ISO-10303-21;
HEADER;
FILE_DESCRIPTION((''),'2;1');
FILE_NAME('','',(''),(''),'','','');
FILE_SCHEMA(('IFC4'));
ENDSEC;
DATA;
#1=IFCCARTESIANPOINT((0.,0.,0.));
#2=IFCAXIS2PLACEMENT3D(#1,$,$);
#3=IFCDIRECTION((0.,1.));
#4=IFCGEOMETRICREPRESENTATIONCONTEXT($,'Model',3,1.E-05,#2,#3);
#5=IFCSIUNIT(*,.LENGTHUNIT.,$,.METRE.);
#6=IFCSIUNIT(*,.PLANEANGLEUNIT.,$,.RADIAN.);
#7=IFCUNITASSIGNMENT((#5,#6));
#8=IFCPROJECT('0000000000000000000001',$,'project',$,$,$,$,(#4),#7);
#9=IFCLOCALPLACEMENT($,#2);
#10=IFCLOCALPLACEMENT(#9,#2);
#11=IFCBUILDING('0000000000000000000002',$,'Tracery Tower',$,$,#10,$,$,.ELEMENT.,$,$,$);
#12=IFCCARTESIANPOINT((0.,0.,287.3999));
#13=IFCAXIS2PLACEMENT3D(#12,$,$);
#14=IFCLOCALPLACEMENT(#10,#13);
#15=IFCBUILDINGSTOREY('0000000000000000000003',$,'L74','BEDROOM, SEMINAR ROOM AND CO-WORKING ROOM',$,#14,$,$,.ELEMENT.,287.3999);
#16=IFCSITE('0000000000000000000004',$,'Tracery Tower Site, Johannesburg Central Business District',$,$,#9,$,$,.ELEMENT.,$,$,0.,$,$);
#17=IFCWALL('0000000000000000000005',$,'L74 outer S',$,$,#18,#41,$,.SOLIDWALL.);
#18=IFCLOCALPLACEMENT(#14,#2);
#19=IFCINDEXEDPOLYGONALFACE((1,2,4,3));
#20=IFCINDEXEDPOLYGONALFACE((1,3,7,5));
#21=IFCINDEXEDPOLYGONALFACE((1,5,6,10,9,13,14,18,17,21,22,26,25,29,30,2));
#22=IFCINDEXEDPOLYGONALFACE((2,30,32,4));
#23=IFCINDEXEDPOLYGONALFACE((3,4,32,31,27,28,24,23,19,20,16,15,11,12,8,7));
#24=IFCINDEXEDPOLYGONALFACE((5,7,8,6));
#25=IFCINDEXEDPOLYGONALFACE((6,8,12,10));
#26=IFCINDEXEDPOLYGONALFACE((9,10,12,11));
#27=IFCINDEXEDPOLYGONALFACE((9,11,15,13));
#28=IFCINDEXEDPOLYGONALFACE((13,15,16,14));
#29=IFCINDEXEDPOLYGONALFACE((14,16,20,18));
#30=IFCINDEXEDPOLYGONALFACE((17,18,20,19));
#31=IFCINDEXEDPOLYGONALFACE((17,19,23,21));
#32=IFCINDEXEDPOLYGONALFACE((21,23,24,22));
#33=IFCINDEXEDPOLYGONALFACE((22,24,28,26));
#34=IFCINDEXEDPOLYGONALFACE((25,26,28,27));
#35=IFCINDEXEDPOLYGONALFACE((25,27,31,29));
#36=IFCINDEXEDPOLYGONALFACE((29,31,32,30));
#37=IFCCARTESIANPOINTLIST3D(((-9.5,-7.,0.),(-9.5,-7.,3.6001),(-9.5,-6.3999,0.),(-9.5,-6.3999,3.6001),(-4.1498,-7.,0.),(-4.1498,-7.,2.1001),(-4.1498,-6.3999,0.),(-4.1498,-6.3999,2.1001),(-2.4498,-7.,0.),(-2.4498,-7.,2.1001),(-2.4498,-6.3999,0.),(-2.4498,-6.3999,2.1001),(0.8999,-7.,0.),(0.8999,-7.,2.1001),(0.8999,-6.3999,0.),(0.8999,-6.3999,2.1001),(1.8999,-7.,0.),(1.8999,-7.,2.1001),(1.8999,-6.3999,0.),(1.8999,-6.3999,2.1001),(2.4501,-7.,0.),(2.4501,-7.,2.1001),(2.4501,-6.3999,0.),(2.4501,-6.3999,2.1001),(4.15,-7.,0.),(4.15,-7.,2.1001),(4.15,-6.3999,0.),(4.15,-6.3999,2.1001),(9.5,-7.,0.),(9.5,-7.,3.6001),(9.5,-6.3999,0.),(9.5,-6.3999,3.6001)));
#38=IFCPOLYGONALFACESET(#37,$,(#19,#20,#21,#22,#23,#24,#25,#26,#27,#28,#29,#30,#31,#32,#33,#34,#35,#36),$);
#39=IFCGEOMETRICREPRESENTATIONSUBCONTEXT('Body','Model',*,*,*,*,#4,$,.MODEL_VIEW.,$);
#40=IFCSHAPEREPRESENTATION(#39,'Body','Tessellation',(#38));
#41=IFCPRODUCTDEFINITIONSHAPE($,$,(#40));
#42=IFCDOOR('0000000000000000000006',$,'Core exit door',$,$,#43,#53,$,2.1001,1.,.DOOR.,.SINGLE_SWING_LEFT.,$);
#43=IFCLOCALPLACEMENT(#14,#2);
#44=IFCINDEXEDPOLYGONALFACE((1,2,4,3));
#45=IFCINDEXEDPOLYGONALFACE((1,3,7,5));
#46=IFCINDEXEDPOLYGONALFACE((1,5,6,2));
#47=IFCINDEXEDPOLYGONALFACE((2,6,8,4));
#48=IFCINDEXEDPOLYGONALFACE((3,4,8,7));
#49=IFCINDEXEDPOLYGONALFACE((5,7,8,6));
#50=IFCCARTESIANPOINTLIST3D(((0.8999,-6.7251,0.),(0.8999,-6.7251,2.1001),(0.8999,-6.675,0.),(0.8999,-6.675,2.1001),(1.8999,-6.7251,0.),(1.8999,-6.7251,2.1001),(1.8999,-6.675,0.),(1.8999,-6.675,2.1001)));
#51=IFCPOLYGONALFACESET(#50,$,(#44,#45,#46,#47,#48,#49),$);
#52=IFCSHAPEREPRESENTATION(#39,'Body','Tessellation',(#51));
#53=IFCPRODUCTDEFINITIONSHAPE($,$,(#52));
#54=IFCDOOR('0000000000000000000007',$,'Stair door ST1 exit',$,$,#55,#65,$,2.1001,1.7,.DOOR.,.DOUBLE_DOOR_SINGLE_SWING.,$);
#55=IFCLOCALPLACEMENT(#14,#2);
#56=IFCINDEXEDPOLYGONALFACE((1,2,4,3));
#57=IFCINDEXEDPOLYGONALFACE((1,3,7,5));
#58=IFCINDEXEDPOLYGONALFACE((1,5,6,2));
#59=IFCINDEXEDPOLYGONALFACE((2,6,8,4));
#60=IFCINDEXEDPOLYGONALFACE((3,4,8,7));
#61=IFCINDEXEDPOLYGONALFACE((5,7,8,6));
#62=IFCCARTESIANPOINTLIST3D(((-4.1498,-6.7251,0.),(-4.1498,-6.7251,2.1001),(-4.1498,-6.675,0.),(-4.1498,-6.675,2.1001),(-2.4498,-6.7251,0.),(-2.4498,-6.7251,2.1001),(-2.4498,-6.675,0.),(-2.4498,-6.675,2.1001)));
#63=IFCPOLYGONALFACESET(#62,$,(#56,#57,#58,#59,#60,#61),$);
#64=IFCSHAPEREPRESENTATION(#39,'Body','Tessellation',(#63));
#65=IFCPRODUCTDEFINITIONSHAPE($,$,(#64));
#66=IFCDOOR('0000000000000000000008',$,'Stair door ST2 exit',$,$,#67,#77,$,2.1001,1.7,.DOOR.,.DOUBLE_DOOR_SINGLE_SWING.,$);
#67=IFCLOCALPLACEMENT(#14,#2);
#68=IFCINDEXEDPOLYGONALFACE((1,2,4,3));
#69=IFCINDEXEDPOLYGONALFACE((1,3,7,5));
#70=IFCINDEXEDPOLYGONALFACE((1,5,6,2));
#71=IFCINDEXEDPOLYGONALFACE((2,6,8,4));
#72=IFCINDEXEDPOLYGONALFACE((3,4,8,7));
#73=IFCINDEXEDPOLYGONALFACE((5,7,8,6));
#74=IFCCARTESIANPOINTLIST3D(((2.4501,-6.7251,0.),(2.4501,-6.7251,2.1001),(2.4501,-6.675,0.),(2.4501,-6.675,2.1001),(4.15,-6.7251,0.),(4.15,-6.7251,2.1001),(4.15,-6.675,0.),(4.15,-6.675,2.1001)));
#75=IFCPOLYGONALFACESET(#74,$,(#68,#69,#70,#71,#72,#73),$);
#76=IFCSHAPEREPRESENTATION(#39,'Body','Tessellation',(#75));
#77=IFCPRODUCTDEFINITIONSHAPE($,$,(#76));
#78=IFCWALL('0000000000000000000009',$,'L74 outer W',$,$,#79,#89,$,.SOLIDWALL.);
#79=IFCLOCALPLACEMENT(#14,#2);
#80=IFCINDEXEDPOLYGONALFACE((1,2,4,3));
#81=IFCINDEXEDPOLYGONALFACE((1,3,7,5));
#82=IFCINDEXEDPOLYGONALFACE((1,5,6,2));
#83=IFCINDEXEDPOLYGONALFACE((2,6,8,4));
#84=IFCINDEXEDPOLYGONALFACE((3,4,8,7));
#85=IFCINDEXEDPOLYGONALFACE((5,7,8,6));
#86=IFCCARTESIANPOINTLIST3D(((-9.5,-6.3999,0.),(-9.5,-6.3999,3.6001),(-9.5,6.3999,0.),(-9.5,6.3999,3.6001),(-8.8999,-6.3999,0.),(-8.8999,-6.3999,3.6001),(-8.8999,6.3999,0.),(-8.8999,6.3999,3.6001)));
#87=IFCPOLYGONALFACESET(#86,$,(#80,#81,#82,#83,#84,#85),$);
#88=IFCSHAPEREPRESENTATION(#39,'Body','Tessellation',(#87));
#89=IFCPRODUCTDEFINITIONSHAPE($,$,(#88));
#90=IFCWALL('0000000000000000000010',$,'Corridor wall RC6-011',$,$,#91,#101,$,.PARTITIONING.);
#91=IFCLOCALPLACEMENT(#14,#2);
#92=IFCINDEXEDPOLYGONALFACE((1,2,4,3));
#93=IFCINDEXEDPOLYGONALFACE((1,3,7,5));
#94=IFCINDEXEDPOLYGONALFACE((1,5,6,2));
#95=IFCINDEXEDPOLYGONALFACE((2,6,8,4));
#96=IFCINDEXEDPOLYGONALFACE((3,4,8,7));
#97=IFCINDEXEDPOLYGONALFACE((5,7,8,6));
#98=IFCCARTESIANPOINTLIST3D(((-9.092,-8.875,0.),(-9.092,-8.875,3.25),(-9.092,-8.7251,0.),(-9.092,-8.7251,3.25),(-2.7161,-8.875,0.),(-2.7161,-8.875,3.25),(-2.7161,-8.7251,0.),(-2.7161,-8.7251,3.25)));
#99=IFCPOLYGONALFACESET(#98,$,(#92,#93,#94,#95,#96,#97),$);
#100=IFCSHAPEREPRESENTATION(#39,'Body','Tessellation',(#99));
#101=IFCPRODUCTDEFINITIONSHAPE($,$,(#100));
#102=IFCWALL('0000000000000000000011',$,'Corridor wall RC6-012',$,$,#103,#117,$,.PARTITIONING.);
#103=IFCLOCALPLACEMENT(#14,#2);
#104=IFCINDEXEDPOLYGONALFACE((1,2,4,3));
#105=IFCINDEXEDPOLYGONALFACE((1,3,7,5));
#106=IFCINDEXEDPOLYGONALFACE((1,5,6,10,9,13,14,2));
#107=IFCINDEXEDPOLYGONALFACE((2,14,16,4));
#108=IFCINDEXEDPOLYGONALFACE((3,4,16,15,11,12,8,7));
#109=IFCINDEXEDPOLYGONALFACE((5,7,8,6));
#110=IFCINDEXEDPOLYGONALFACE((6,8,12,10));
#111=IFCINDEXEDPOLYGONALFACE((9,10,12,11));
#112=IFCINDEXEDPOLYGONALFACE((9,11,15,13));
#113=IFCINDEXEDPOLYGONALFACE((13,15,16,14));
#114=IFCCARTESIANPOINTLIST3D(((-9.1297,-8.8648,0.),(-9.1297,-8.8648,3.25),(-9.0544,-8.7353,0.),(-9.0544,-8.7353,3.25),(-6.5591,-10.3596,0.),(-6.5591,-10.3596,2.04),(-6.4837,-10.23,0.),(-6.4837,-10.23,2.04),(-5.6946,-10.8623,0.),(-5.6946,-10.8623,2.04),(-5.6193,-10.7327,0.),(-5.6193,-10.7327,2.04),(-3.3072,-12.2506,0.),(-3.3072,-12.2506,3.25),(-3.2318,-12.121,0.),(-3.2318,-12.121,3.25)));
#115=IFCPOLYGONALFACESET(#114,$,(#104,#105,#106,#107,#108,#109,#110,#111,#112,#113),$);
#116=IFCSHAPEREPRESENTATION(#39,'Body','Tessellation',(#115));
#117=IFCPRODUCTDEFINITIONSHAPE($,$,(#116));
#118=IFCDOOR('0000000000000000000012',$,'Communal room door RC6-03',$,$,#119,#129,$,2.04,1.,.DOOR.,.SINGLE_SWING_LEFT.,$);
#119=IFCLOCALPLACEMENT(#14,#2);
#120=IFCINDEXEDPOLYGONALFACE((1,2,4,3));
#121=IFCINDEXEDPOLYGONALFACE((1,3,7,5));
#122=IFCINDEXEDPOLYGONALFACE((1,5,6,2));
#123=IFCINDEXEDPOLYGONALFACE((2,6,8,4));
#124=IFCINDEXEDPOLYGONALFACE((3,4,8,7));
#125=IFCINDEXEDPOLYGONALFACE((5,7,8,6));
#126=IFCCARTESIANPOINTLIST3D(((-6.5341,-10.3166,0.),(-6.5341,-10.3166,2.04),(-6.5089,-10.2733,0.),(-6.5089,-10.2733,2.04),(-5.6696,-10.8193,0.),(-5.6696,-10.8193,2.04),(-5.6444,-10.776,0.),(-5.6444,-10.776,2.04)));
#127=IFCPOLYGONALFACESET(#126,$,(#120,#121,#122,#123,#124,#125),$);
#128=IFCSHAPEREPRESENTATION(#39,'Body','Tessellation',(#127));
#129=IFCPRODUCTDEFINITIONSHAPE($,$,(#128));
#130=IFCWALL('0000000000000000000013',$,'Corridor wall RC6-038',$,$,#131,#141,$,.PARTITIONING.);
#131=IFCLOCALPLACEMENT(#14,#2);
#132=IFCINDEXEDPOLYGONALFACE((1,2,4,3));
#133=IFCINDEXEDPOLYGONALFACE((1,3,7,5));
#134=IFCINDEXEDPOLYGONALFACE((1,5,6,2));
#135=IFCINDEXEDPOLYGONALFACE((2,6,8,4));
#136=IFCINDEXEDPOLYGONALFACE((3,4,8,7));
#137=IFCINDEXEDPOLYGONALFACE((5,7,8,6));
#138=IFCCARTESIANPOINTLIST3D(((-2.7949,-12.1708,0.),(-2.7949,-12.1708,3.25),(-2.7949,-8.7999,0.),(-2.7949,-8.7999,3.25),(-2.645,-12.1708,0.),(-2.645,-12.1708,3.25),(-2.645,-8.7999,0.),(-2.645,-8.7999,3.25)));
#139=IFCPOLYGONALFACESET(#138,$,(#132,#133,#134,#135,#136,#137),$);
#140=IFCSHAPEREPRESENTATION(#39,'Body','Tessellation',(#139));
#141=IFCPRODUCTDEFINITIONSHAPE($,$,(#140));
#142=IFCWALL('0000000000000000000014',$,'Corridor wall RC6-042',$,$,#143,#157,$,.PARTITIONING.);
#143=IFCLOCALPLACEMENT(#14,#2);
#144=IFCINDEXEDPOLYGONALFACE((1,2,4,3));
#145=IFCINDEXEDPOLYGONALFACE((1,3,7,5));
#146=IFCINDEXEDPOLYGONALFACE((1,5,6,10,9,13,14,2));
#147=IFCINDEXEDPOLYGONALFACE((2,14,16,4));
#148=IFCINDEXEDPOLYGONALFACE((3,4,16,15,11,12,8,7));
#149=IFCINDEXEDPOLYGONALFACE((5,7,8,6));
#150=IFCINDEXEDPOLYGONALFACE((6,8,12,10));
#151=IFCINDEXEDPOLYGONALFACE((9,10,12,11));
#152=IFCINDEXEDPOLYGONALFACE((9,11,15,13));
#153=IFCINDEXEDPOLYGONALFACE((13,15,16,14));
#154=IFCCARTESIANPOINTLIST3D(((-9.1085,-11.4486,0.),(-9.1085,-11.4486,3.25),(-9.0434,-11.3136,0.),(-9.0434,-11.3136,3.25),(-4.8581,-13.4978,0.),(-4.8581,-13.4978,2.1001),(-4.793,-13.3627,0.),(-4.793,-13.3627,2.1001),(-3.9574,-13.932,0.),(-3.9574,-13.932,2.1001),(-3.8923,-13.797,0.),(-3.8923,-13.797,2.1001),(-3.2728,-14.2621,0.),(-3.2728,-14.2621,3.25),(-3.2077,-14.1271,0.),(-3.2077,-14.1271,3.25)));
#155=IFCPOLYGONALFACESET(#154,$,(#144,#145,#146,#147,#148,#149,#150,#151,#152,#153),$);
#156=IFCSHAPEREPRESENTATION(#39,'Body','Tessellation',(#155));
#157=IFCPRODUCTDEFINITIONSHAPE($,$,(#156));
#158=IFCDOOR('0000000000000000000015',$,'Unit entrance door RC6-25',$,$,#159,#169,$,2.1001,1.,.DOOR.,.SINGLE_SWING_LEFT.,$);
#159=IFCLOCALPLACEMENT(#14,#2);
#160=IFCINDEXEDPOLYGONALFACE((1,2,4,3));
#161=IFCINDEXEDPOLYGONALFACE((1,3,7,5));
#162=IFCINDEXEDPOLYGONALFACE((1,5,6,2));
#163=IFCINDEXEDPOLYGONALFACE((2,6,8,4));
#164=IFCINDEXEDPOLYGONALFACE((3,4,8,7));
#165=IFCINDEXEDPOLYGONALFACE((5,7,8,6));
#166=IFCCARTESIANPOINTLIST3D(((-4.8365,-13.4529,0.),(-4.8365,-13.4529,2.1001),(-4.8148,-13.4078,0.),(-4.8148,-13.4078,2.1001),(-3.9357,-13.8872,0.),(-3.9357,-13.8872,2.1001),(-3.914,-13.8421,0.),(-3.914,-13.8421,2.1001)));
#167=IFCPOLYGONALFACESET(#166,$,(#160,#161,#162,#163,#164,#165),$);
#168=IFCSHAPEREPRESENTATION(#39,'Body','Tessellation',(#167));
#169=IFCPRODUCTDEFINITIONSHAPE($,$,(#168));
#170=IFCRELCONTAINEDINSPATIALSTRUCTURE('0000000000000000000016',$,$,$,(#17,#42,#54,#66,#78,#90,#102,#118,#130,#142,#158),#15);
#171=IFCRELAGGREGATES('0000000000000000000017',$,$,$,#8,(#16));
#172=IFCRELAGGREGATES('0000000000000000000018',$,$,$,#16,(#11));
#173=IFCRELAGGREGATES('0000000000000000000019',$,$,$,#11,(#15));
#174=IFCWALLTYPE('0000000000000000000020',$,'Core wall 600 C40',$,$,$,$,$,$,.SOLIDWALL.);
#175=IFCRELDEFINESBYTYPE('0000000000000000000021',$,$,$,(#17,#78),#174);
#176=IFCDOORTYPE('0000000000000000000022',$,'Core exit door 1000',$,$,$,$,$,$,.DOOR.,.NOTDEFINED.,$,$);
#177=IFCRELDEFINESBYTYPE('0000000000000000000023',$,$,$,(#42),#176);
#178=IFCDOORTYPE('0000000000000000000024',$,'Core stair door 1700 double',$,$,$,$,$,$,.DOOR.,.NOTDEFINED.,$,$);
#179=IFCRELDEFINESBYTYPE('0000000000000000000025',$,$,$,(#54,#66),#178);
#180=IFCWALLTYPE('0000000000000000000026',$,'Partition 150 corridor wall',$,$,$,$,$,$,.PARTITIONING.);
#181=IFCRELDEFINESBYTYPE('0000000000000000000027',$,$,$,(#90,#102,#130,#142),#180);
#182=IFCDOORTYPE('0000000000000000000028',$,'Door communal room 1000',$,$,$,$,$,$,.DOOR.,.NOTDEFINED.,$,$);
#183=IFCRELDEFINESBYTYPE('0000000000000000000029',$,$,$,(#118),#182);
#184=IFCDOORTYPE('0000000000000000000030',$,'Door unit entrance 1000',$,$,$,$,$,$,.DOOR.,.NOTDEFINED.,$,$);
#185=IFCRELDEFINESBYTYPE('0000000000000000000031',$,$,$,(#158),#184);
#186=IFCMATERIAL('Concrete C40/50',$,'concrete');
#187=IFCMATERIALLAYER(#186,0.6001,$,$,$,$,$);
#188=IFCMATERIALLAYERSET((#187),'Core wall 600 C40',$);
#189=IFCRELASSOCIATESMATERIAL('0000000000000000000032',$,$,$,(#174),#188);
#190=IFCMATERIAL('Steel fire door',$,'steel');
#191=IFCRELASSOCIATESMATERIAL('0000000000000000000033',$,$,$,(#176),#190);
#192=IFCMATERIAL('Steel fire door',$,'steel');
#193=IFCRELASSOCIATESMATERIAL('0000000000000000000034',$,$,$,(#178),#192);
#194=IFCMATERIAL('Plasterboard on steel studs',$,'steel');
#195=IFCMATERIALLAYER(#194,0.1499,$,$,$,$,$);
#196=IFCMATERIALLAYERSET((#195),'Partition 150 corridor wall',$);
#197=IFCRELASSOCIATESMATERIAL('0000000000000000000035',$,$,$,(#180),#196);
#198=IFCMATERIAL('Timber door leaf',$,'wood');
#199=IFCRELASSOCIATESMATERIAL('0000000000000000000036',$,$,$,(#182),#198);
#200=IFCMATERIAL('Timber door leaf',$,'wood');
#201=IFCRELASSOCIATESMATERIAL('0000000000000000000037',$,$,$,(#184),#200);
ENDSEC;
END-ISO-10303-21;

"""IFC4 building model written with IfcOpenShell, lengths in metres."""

from ifc_helpers import new_model, si_unit, direction, frame, frame_2d, origin, place, context, subcontext, project, spatial, rectangle, extrude, material, layer, layer_set, type_object, element, fill, save


model = new_model("IFC4")

# Units and contexts
model_context = context("Model", 3, precision=1e-05, world=origin(), true_north=direction((0.0, 1.0)))
body_context = subcontext(model_context, "Body", "Model", "MODEL_VIEW")
ifc_project = project(units=[si_unit("LENGTHUNIT", "METRE"), si_unit("PLANEANGLEUNIT", "RADIAN")], contexts=[model_context])

# Site, building, storey
site_placement = place(None, origin())
site = spatial("IfcSite", under=ifc_project, at=site_placement, Name="Tracery Tower Site, Johannesburg Central Business District", CompositionType="ELEMENT", RefElevation=0.0)
building_placement = place(site_placement, origin())
building = spatial("IfcBuilding", under=site, at=building_placement, Name="Tracery Tower", CompositionType="ELEMENT")
storey_placement = place(building_placement, frame((0.0, 0.0, 287.3999)))
storey = spatial("IfcBuildingStorey", under=building, at=storey_placement, Name="L74", Description="BEDROOM, SEMINAR ROOM AND CO-WORKING ROOM", CompositionType="ELEMENT", Elevation=287.3999)

# Wall, openings, doors
ifc_material_1 = material(Name="Concrete C40/50", Category="concrete")
ifc_layer_1 = layer(ifc_material_1, 0.6001)
ifc_layer_set_1 = layer_set([ifc_layer_1], Name="Core wall 600 C40")
wall_type_1 = type_object("IfcWallType", Name="Core wall 600 C40", PredefinedType="SOLIDWALL", material=ifc_layer_set_1)
wall_1_placement = place(storey_placement, frame((-9.5, -6.7, 0.0), z_axis=(0.0, 0.0, 1.0), x_axis=(1.0, 0.0, 0.0)))
wall_1 = element("IfcWall", 1, at=wall_1_placement, inside=storey, type_object=wall_type_1, Name="L74 outer S", PredefinedType="SOLIDWALL", context=body_context, shape_type="SweptSolid", body=[
    extrude(rectangle(XDim=19.0, YDim=0.6001, at=frame_2d((9.5, 0.0))), origin(), (0.0, 0.0, 1.0), 3.6001),
])
opening_1_placement = place(wall_1_placement, frame((10.3999, 0.0, 0.0)))
opening_1 = element("IfcOpeningElement", 2, at=opening_1_placement, cuts=wall_1, PredefinedType="OPENING", context=body_context, shape_type="SweptSolid", body=[
    extrude(rectangle(XDim=1.0, YDim=2.1001, at=frame_2d((0.5, 1.05))), frame((0.0, 0.3, 0.0), z_axis=(0.0, -1.0, 0.0), x_axis=(1.0, 0.0, 0.0)), (0.0, 0.0, 1.0), 0.6001),
])
opening_2_placement = place(wall_1_placement, frame((5.3501, 0.0, 0.0)))
opening_2 = element("IfcOpeningElement", 3, at=opening_2_placement, cuts=wall_1, PredefinedType="OPENING", context=body_context, shape_type="SweptSolid", body=[
    extrude(rectangle(XDim=1.7, YDim=2.1001, at=frame_2d((0.8501, 1.05))), frame((0.0, 0.3, 0.0), z_axis=(0.0, -1.0, 0.0), x_axis=(1.0, 0.0, 0.0)), (0.0, 0.0, 1.0), 0.6001),
])
opening_3_placement = place(wall_1_placement, frame((11.95, 0.0, 0.0)))
opening_3 = element("IfcOpeningElement", 4, at=opening_3_placement, cuts=wall_1, PredefinedType="OPENING", context=body_context, shape_type="SweptSolid", body=[
    extrude(rectangle(XDim=1.7, YDim=2.1001, at=frame_2d((0.8501, 1.05))), frame((0.0, 0.3, 0.0), z_axis=(0.0, -1.0, 0.0), x_axis=(1.0, 0.0, 0.0)), (0.0, 0.0, 1.0), 0.6001),
])
ifc_material_2 = material(Name="Steel fire door", Category="steel")
door_type_1 = type_object("IfcDoorType", Name="Core exit door 1000", OperationType="NOTDEFINED", PredefinedType="DOOR", material=ifc_material_2)
door_1_placement = place(opening_1_placement, origin())
door_1 = element("IfcDoor", 5, at=door_1_placement, inside=storey, type_object=door_type_1, Name="Core exit door", OperationType="SINGLE_SWING_LEFT", OverallHeight=2.1001, OverallWidth=1.0, PredefinedType="DOOR", context=body_context, shape_type="SweptSolid", body=[
    extrude(rectangle(XDim=1.0, YDim=2.1001, at=frame_2d((0.5, 1.05))), frame((0.0, 0.0249, 0.0), z_axis=(0.0, -1.0, 0.0), x_axis=(1.0, 0.0, 0.0)), (0.0, 0.0, 1.0), 0.05),
])
fill(opening_1, door_1)
ifc_material_3 = material(Name="Steel fire door", Category="steel")
door_type_2 = type_object("IfcDoorType", Name="Core stair door 1700 double", OperationType="NOTDEFINED", PredefinedType="DOOR", material=ifc_material_3)
door_2_placement = place(opening_2_placement, origin())
door_2 = element("IfcDoor", 6, at=door_2_placement, inside=storey, type_object=door_type_2, Name="Stair door ST1 exit", OperationType="DOUBLE_DOOR_SINGLE_SWING", OverallHeight=2.1001, OverallWidth=1.7, PredefinedType="DOOR", context=body_context, shape_type="SweptSolid", body=[
    extrude(rectangle(XDim=1.7, YDim=2.1001, at=frame_2d((0.8501, 1.05))), frame((0.0, 0.0249, 0.0), z_axis=(0.0, -1.0, 0.0), x_axis=(1.0, 0.0, 0.0)), (0.0, 0.0, 1.0), 0.05),
])
fill(opening_2, door_2)
door_3_placement = place(opening_3_placement, origin())
door_3 = element("IfcDoor", 7, at=door_3_placement, inside=storey, type_object=door_type_2, Name="Stair door ST2 exit", OperationType="DOUBLE_DOOR_SINGLE_SWING", OverallHeight=2.1001, OverallWidth=1.7, PredefinedType="DOOR", context=body_context, shape_type="SweptSolid", body=[
    extrude(rectangle(XDim=1.7, YDim=2.1001, at=frame_2d((0.8501, 1.05))), frame((0.0, 0.0249, 0.0), z_axis=(0.0, -1.0, 0.0), x_axis=(1.0, 0.0, 0.0)), (0.0, 0.0, 1.0), 0.05),
])
fill(opening_3, door_3)

# Walls
wall_2_placement = place(storey_placement, frame((-9.2, -6.3999, 0.0), z_axis=(0.0, 0.0, 1.0), x_axis=(0.0, 1.0, 0.0)))
element("IfcWall", 8, at=wall_2_placement, inside=storey, type_object=wall_type_1, Name="L74 outer W", PredefinedType="SOLIDWALL", context=body_context, shape_type="SweptSolid", body=[
    extrude(rectangle(XDim=12.7998, YDim=0.6001, at=frame_2d((6.3999, 0.0))), origin(), (0.0, 0.0, 1.0), 3.6001),
])
ifc_material_4 = material(Name="Plasterboard on steel studs", Category="steel")
ifc_layer_2 = layer(ifc_material_4, 0.1499)
ifc_layer_set_2 = layer_set([ifc_layer_2], Name="Partition 150 corridor wall")
wall_type_2 = type_object("IfcWallType", Name="Partition 150 corridor wall", PredefinedType="PARTITIONING", material=ifc_layer_set_2)
wall_3_placement = place(storey_placement, frame((-9.092, -8.8, 0.0), z_axis=(0.0, 0.0, 1.0), x_axis=(1.0, 0.0, 0.0)))
element("IfcWall", 9, at=wall_3_placement, inside=storey, type_object=wall_type_2, Name="Corridor wall RC6-011", PredefinedType="PARTITIONING", context=body_context, shape_type="SweptSolid", body=[
    extrude(rectangle(XDim=6.376, YDim=0.1499, at=frame_2d((3.188, 0.0))), origin(), (0.0, 0.0, 1.0), 3.25),
])

# Wall, opening, door
wall_4_placement = place(storey_placement, frame((-9.092, -8.8, 0.0), z_axis=(0.0, 0.0, 1.0), x_axis=(0.864471, -0.502683, 0.0)))
wall_4 = element("IfcWall", 10, at=wall_4_placement, inside=storey, type_object=wall_type_2, Name="Corridor wall RC6-012", PredefinedType="PARTITIONING", context=body_context, shape_type="SweptSolid", body=[
    extrude(rectangle(XDim=6.7354, YDim=0.1499, at=frame_2d((3.3677, 0.0))), origin(), (0.0, 0.0, 1.0), 3.25),
])
opening_4_placement = place(wall_4_placement, frame((2.9736, 0.0, 0.0)))
opening_4 = element("IfcOpeningElement", 11, at=opening_4_placement, cuts=wall_4, PredefinedType="OPENING", context=body_context, shape_type="SweptSolid", body=[
    extrude(rectangle(XDim=1.0, YDim=2.04, at=frame_2d((0.5, 1.02))), frame((0.0, 0.075, 0.0), z_axis=(0.0, -1.0, 0.0), x_axis=(1.0, 0.0, 0.0)), (0.0, 0.0, 1.0), 0.1499),
])
ifc_material_5 = material(Name="Timber door leaf", Category="wood")
door_type_3 = type_object("IfcDoorType", Name="Door communal room 1000", OperationType="NOTDEFINED", PredefinedType="DOOR", material=ifc_material_5)
door_4_placement = place(opening_4_placement, origin())
door_4 = element("IfcDoor", 12, at=door_4_placement, inside=storey, type_object=door_type_3, Name="Communal room door RC6-03", OperationType="SINGLE_SWING_LEFT", OverallHeight=2.04, OverallWidth=1.0, PredefinedType="DOOR", context=body_context, shape_type="SweptSolid", body=[
    extrude(rectangle(XDim=1.0, YDim=2.04, at=frame_2d((0.5, 1.02))), frame((0.0, 0.0249, 0.0), z_axis=(0.0, -1.0, 0.0), x_axis=(1.0, 0.0, 0.0)), (0.0, 0.0, 1.0), 0.05),
])
fill(opening_4, door_4)

# Wall
wall_5_placement = place(storey_placement, frame((-2.72, -12.1709, 0.0), z_axis=(0.0, 0.0, 1.0), x_axis=(0.0, 1.0, 0.0)))
element("IfcWall", 13, at=wall_5_placement, inside=storey, type_object=wall_type_2, Name="Corridor wall RC6-038", PredefinedType="PARTITIONING", context=body_context, shape_type="SweptSolid", body=[
    extrude(rectangle(XDim=3.3708, YDim=0.1499, at=frame_2d((1.6855, 0.0))), origin(), (0.0, 0.0, 1.0), 3.25),
])

# Wall, opening, door
wall_6_placement = place(storey_placement, frame((-9.0759, -11.3811, 0.0), z_axis=(0.0, 0.0, 1.0), x_axis=(0.900778, -0.434279, 0.0)))
wall_6 = element("IfcWall", 14, at=wall_6_placement, inside=storey, type_object=wall_type_2, Name="Corridor wall RC6-042", PredefinedType="PARTITIONING", context=body_context, shape_type="SweptSolid", body=[
    extrude(rectangle(XDim=6.4785, YDim=0.1499, at=frame_2d((3.2393, 0.0))), origin(), (0.0, 0.0, 1.0), 3.25),
])
opening_5_placement = place(wall_6_placement, frame((4.7185, 0.0, 0.0)))
opening_5 = element("IfcOpeningElement", 15, at=opening_5_placement, cuts=wall_6, PredefinedType="OPENING", context=body_context, shape_type="SweptSolid", body=[
    extrude(rectangle(XDim=1.0, YDim=2.1001, at=frame_2d((0.5, 1.05))), frame((0.0, 0.075, 0.0), z_axis=(0.0, -1.0, 0.0), x_axis=(1.0, 0.0, 0.0)), (0.0, 0.0, 1.0), 0.1499),
])
ifc_material_6 = material(Name="Timber door leaf", Category="wood")
door_type_4 = type_object("IfcDoorType", Name="Door unit entrance 1000", OperationType="NOTDEFINED", PredefinedType="DOOR", material=ifc_material_6)
door_5_placement = place(opening_5_placement, origin())
door_5 = element("IfcDoor", 16, at=door_5_placement, inside=storey, type_object=door_type_4, Name="Unit entrance door RC6-25", OperationType="SINGLE_SWING_LEFT", OverallHeight=2.1001, OverallWidth=1.0, PredefinedType="DOOR", context=body_context, shape_type="SweptSolid", body=[
    extrude(rectangle(XDim=1.0, YDim=2.1001, at=frame_2d((0.5, 1.05))), frame((0.0, 0.0249, 0.0), z_axis=(0.0, -1.0, 0.0), x_axis=(1.0, 0.0, 0.0)), (0.0, 0.0, 1.0), 0.05),
])
fill(opening_5, door_5)

save(model, "model.ifc")
